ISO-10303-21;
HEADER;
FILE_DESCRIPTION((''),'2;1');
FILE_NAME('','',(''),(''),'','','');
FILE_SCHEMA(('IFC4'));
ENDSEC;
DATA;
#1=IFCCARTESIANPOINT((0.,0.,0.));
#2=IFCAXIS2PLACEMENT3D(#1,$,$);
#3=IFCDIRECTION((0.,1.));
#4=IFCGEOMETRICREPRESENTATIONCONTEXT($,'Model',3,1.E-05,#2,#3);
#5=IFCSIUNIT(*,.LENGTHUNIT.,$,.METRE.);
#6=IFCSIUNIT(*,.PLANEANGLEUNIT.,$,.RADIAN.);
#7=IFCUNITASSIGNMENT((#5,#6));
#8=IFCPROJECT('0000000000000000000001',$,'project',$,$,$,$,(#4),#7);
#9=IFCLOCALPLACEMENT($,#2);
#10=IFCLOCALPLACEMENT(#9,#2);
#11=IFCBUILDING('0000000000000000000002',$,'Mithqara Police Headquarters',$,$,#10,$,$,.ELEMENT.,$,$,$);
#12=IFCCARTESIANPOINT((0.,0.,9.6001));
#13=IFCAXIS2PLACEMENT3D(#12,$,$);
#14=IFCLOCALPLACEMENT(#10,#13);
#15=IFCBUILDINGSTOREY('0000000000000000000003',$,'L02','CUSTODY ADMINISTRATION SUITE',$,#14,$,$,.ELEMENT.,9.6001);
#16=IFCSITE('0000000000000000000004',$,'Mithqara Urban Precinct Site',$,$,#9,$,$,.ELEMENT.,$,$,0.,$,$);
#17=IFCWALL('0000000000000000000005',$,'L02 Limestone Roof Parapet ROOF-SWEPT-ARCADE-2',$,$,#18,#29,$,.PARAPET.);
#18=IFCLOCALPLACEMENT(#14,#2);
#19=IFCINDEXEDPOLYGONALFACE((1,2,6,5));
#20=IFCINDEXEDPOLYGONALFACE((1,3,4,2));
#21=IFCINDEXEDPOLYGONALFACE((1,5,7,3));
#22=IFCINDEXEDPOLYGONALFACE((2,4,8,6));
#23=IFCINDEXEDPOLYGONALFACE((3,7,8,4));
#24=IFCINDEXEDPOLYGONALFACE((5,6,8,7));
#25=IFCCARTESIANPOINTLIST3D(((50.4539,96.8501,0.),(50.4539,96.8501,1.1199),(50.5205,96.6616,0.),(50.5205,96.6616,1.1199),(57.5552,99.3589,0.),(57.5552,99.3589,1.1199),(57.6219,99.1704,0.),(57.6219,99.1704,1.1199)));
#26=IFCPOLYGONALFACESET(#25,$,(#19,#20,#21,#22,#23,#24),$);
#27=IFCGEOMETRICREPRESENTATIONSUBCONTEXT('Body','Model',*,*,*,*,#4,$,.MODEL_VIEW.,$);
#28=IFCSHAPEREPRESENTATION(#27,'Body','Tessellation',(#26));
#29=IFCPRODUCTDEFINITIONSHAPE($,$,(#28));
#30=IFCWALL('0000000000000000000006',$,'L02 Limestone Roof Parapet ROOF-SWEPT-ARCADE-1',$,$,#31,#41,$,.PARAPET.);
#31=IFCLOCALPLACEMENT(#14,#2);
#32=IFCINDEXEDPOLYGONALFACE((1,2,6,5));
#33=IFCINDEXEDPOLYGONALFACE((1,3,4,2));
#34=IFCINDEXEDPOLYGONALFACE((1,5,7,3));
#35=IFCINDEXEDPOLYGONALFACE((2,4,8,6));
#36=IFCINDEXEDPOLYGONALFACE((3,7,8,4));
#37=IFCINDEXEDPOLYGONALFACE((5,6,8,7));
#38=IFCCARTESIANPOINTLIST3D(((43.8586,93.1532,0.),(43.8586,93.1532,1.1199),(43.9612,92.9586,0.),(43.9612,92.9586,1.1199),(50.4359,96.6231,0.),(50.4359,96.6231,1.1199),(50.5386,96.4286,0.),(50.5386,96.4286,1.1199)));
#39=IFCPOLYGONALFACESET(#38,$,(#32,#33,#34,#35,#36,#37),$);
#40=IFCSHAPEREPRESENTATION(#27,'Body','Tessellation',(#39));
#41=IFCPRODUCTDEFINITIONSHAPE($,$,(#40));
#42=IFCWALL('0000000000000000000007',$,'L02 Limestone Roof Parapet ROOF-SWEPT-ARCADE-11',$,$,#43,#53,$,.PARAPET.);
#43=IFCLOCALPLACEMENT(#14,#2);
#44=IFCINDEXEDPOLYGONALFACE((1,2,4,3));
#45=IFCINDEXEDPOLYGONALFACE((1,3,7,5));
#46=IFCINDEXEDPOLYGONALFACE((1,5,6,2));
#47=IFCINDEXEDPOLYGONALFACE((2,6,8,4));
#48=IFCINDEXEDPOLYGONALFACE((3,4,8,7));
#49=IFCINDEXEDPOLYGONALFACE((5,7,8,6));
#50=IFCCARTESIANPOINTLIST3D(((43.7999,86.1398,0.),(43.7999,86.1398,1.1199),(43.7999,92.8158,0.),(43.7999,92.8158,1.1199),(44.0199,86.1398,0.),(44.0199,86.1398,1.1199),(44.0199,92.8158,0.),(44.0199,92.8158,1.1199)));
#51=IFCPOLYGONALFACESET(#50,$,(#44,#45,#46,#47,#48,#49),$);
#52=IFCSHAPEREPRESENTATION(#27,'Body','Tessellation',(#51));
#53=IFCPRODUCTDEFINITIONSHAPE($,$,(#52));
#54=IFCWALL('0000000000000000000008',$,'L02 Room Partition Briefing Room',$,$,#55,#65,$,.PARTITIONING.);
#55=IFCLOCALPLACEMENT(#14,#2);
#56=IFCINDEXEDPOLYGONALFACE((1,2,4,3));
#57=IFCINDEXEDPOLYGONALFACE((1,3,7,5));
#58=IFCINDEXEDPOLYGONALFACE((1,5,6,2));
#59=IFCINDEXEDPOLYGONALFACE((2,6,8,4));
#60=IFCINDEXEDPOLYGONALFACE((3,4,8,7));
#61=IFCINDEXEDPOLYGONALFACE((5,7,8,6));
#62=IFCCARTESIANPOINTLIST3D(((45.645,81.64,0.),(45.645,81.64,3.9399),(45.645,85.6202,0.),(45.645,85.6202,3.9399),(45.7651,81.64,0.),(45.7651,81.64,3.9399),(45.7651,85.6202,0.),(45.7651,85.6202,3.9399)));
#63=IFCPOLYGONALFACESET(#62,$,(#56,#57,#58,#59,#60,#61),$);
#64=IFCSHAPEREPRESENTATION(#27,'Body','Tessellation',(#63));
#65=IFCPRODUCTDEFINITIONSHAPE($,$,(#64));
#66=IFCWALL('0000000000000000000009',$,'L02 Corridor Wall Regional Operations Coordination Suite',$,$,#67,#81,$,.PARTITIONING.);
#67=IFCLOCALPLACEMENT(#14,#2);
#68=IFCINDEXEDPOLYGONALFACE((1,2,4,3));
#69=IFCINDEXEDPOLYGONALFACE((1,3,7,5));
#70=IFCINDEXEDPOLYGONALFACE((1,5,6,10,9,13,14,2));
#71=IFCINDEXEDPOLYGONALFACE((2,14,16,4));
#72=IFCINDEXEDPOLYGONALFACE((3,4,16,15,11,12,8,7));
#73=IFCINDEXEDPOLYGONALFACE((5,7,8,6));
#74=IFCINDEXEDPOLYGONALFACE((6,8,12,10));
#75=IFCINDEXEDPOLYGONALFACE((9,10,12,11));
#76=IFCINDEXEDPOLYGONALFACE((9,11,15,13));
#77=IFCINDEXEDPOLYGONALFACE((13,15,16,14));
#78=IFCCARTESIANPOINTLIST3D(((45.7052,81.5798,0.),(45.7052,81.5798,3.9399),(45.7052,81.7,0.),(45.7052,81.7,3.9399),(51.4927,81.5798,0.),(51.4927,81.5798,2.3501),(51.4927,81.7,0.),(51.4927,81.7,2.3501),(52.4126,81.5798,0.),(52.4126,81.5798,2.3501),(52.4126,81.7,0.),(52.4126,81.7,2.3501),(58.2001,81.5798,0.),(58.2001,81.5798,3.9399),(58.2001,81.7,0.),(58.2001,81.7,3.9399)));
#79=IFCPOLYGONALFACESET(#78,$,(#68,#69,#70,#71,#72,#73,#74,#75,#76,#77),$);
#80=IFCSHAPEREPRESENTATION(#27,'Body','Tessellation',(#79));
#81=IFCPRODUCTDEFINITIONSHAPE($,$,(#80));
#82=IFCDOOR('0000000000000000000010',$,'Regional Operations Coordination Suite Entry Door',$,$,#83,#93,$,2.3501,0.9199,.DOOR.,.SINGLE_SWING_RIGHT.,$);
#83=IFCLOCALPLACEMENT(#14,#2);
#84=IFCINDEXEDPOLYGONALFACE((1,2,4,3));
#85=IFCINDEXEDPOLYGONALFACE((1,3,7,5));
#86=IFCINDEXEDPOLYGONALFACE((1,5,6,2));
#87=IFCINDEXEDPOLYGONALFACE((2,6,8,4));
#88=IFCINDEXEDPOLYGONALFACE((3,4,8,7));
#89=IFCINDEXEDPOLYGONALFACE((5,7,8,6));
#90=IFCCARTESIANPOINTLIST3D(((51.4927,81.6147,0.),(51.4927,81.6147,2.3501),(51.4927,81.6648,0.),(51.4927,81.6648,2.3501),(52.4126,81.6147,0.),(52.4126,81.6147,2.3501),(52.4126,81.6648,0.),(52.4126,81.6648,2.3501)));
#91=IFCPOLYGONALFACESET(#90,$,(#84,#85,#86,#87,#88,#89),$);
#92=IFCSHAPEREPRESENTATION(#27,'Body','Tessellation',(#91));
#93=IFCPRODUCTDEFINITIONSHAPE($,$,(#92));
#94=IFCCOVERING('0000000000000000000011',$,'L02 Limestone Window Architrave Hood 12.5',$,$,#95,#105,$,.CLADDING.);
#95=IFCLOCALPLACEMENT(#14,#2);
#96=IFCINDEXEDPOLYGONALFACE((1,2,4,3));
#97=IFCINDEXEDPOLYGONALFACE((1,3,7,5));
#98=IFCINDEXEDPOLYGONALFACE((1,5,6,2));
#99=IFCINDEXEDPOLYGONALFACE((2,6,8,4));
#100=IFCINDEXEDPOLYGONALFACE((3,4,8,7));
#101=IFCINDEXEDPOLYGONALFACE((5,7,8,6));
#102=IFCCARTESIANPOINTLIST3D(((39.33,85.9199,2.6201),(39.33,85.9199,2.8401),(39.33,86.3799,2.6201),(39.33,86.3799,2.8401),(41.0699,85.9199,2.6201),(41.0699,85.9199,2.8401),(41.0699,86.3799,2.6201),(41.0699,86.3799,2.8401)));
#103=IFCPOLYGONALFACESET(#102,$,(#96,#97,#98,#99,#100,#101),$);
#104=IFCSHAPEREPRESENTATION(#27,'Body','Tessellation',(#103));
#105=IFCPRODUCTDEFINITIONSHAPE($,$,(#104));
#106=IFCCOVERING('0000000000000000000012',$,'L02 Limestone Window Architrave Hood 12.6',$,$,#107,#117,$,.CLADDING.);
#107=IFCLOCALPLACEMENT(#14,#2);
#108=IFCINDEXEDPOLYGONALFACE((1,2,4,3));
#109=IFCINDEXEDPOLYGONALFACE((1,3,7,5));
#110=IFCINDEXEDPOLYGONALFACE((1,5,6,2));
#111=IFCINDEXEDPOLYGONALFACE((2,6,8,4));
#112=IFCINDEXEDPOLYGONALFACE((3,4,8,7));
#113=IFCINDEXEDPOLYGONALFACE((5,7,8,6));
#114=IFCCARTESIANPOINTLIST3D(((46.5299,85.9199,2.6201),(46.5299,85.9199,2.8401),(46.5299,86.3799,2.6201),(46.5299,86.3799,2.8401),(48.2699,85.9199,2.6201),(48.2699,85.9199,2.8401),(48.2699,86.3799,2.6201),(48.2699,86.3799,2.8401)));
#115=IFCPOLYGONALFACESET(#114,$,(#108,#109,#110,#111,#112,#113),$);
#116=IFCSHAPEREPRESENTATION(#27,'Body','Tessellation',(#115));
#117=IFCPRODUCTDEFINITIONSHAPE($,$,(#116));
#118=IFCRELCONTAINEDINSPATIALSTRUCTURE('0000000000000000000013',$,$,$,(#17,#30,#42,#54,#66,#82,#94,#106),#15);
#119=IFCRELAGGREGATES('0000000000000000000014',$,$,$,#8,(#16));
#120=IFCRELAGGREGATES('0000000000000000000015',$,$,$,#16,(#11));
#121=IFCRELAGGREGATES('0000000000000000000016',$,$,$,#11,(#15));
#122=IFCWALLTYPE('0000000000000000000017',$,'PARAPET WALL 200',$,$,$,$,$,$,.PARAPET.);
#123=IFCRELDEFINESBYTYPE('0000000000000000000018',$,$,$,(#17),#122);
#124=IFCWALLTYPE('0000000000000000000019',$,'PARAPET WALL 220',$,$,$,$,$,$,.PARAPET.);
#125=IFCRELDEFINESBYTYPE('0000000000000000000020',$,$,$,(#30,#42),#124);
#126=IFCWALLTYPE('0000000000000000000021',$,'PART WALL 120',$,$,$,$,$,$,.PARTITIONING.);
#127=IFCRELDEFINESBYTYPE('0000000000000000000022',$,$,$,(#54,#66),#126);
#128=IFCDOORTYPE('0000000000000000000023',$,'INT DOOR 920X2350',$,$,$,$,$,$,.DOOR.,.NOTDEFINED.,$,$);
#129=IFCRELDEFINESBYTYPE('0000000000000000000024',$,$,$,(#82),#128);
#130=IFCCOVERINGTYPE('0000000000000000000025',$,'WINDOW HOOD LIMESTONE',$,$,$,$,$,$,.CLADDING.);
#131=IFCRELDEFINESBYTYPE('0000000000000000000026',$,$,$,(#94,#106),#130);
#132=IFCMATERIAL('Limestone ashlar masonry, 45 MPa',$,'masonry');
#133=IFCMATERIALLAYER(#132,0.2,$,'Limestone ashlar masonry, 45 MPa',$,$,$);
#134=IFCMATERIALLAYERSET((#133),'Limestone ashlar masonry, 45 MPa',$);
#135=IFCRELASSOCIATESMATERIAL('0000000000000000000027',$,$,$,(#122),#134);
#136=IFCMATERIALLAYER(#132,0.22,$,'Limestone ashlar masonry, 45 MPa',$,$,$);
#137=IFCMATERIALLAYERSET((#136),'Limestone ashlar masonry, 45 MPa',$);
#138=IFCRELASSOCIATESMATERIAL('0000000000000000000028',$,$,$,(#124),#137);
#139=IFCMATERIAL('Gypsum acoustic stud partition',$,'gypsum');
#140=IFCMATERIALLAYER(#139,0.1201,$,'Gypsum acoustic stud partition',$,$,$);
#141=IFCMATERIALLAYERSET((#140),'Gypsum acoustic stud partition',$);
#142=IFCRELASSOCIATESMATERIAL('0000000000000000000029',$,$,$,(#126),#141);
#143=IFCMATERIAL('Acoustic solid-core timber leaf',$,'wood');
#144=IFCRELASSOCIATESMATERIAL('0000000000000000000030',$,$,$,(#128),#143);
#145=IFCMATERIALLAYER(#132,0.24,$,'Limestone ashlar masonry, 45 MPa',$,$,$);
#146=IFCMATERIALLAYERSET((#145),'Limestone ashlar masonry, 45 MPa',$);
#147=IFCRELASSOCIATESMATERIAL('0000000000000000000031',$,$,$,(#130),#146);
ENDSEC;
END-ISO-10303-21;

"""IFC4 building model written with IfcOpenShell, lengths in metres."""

from ifc_helpers import new_model, si_unit, direction, frame, frame_2d, origin, origin_2d, place, context, subcontext, project, spatial, rectangle, extrude, material, layer, layer_set, type_object, element, fill, save


model = new_model("IFC4")

# Units and contexts
model_context = context("Model", 3, precision=1e-05, world=origin(), true_north=direction((0.0, 1.0)))
body_context = subcontext(model_context, "Body", "Model", "MODEL_VIEW")
ifc_project = project(units=[si_unit("LENGTHUNIT", "METRE"), si_unit("PLANEANGLEUNIT", "RADIAN")], contexts=[model_context])

# Site, building, storey
site_placement = place(None, origin())
site = spatial("IfcSite", under=ifc_project, at=site_placement, Name="Mithqara Urban Precinct Site", CompositionType="ELEMENT", RefElevation=0.0)
building_placement = place(site_placement, origin())
building = spatial("IfcBuilding", under=site, at=building_placement, Name="Mithqara Police Headquarters", CompositionType="ELEMENT")
storey_placement = place(building_placement, frame((0.0, 0.0, 9.6001)))
storey = spatial("IfcBuildingStorey", under=building, at=storey_placement, Name="L02", Description="CUSTODY ADMINISTRATION SUITE", CompositionType="ELEMENT", Elevation=9.6001)

# Walls
ifc_material_1 = material(Name="Limestone ashlar masonry, 45 MPa", Category="masonry")
ifc_layer_1 = layer(ifc_material_1, 0.2, Name="Limestone ashlar masonry, 45 MPa")
ifc_layer_set_1 = layer_set([ifc_layer_1], Name="Limestone ashlar masonry, 45 MPa")
wall_type_1 = type_object("IfcWallType", Name="PARAPET WALL 200", PredefinedType="PARAPET", material=ifc_layer_set_1)
wall_1_placement = place(storey_placement, frame((50.4873, 96.7559, 0.0), z_axis=(0.0, 0.0, 1.0), x_axis=(0.942889, 0.333108, 0.0)))
element("IfcWall", 1, at=wall_1_placement, inside=storey, type_object=wall_type_1, Name="L02 Limestone Roof Parapet ROOF-SWEPT-ARCADE-2", PredefinedType="PARAPET", context=body_context, shape_type="SweptSolid", body=[
    extrude(rectangle(XDim=7.5315, YDim=0.2, at=frame_2d((3.7656, 0.0))), origin(), (0.0, 0.0, 1.0), 1.1199),
])
ifc_layer_2 = layer(ifc_material_1, 0.22, Name="Limestone ashlar masonry, 45 MPa")
ifc_layer_set_2 = layer_set([ifc_layer_2], Name="Limestone ashlar masonry, 45 MPa")
wall_type_2 = type_object("IfcWallType", Name="PARAPET WALL 220", PredefinedType="PARAPET", material=ifc_layer_set_2)
wall_2_placement = place(storey_placement, frame((43.9099, 93.0559, 0.0), z_axis=(0.0, 0.0, 1.0), x_axis=(0.884464, 0.466608, 0.0)))
element("IfcWall", 2, at=wall_2_placement, inside=storey, type_object=wall_type_2, Name="L02 Limestone Roof Parapet ROOF-SWEPT-ARCADE-1", PredefinedType="PARAPET", context=body_context, shape_type="SweptSolid", body=[
    extrude(rectangle(XDim=7.4365, YDim=0.22, at=frame_2d((3.7183, 0.0))), origin(), (0.0, 0.0, 1.0), 1.1199),
])
wall_3_placement = place(storey_placement, frame((43.9099, 86.1399, 0.0), z_axis=(0.0, 0.0, 1.0), x_axis=(0.0, 1.0, 0.0)))
element("IfcWall", 3, at=wall_3_placement, inside=storey, type_object=wall_type_2, Name="L02 Limestone Roof Parapet ROOF-SWEPT-ARCADE-11", PredefinedType="PARAPET", context=body_context, shape_type="SweptSolid", body=[
    extrude(rectangle(XDim=6.676, YDim=0.22, at=frame_2d((3.3379, 0.0))), origin(), (0.0, 0.0, 1.0), 1.1199),
])
ifc_material_2 = material(Name="Gypsum acoustic stud partition", Category="gypsum")
ifc_layer_3 = layer(ifc_material_2, 0.1201, Name="Gypsum acoustic stud partition")
ifc_layer_set_3 = layer_set([ifc_layer_3], Name="Gypsum acoustic stud partition")
wall_type_3 = type_object("IfcWallType", Name="PART WALL 120", PredefinedType="PARTITIONING", material=ifc_layer_set_3)
wall_4_placement = place(storey_placement, frame((45.7051, 81.6399, 0.0), z_axis=(0.0, 0.0, 1.0), x_axis=(0.0, 1.0, 0.0)))
element("IfcWall", 4, at=wall_4_placement, inside=storey, type_object=wall_type_3, Name="L02 Room Partition Briefing Room", PredefinedType="PARTITIONING", context=body_context, shape_type="SweptSolid", body=[
    extrude(rectangle(XDim=3.9802, YDim=0.1201, at=frame_2d((1.9902, 0.0))), origin(), (0.0, 0.0, 1.0), 3.9399),
])

# Wall, opening, door
wall_5_placement = place(storey_placement, frame((45.7051, 81.6399, 0.0), z_axis=(0.0, 0.0, 1.0), x_axis=(1.0, 0.0, 0.0)))
wall_5 = element("IfcWall", 5, at=wall_5_placement, inside=storey, type_object=wall_type_3, Name="L02 Corridor Wall Regional Operations Coordination Suite", PredefinedType="PARTITIONING", context=body_context, shape_type="SweptSolid", body=[
    extrude(rectangle(XDim=12.4949, YDim=0.1201, at=frame_2d((6.2476, 0.0))), origin(), (0.0, 0.0, 1.0), 3.9399),
])
opening_placement = place(wall_5_placement, frame((5.7876, 0.0, 0.0)))
opening = element("IfcOpeningElement", 6, at=opening_placement, cuts=wall_5, PredefinedType="OPENING", context=body_context, shape_type="SweptSolid", body=[
    extrude(rectangle(XDim=0.9199, YDim=2.3501, at=frame_2d((0.46, 1.175))), frame((0.0, 0.0701, 0.0), z_axis=(0.0, -1.0, 0.0), x_axis=(1.0, 0.0, 0.0)), (0.0, 0.0, 1.0), 0.1401),
])
ifc_material_3 = material(Name="Acoustic solid-core timber leaf", Category="wood")
door_type = type_object("IfcDoorType", Name="INT DOOR 920X2350", OperationType="NOTDEFINED", PredefinedType="DOOR", material=ifc_material_3)
door_placement = place(opening_placement, origin())
door = element("IfcDoor", 7, at=door_placement, inside=storey, type_object=door_type, Name="Regional Operations Coordination Suite Entry Door", OperationType="SINGLE_SWING_RIGHT", OverallHeight=2.3501, OverallWidth=0.9199, PredefinedType="DOOR", context=body_context, shape_type="SweptSolid", body=[
    extrude(rectangle(XDim=0.9199, YDim=2.3501, at=frame_2d((0.46, 1.175))), frame((0.0, 0.0249, 0.0), z_axis=(0.0, -1.0, 0.0), x_axis=(1.0, 0.0, 0.0)), (0.0, 0.0, 1.0), 0.05),
])
fill(opening, door)

# Coverings
ifc_layer_4 = layer(ifc_material_1, 0.24, Name="Limestone ashlar masonry, 45 MPa")
ifc_layer_set_4 = layer_set([ifc_layer_4], Name="Limestone ashlar masonry, 45 MPa")
covering_type = type_object("IfcCoveringType", Name="WINDOW HOOD LIMESTONE", PredefinedType="CLADDING", material=ifc_layer_set_4)
for number, where, z_axis, x_axis, name in (
    (8, (40.2, 86.1499, 2.6201), (0.0, 0.0, 1.0), (1.0, 0.0, 0.0), "L02 Limestone Window Architrave Hood 12.5"),
    (9, (47.3999, 86.1499, 2.6201), (0.0, 0.0, 1.0), (1.0, 0.0, 0.0), "L02 Limestone Window Architrave Hood 12.6"),
):
    element("IfcCovering", number, at=place(storey_placement, frame(where, z_axis=z_axis, x_axis=x_axis)), inside=storey, type_object=covering_type, Name=name, PredefinedType="CLADDING", context=body_context, shape_type="SweptSolid", body=[
        extrude(rectangle(XDim=1.74, YDim=0.46, at=origin_2d()), origin(), (0.0, 0.0, 1.0), 0.22),
    ])

save(model, "model.ifc")
